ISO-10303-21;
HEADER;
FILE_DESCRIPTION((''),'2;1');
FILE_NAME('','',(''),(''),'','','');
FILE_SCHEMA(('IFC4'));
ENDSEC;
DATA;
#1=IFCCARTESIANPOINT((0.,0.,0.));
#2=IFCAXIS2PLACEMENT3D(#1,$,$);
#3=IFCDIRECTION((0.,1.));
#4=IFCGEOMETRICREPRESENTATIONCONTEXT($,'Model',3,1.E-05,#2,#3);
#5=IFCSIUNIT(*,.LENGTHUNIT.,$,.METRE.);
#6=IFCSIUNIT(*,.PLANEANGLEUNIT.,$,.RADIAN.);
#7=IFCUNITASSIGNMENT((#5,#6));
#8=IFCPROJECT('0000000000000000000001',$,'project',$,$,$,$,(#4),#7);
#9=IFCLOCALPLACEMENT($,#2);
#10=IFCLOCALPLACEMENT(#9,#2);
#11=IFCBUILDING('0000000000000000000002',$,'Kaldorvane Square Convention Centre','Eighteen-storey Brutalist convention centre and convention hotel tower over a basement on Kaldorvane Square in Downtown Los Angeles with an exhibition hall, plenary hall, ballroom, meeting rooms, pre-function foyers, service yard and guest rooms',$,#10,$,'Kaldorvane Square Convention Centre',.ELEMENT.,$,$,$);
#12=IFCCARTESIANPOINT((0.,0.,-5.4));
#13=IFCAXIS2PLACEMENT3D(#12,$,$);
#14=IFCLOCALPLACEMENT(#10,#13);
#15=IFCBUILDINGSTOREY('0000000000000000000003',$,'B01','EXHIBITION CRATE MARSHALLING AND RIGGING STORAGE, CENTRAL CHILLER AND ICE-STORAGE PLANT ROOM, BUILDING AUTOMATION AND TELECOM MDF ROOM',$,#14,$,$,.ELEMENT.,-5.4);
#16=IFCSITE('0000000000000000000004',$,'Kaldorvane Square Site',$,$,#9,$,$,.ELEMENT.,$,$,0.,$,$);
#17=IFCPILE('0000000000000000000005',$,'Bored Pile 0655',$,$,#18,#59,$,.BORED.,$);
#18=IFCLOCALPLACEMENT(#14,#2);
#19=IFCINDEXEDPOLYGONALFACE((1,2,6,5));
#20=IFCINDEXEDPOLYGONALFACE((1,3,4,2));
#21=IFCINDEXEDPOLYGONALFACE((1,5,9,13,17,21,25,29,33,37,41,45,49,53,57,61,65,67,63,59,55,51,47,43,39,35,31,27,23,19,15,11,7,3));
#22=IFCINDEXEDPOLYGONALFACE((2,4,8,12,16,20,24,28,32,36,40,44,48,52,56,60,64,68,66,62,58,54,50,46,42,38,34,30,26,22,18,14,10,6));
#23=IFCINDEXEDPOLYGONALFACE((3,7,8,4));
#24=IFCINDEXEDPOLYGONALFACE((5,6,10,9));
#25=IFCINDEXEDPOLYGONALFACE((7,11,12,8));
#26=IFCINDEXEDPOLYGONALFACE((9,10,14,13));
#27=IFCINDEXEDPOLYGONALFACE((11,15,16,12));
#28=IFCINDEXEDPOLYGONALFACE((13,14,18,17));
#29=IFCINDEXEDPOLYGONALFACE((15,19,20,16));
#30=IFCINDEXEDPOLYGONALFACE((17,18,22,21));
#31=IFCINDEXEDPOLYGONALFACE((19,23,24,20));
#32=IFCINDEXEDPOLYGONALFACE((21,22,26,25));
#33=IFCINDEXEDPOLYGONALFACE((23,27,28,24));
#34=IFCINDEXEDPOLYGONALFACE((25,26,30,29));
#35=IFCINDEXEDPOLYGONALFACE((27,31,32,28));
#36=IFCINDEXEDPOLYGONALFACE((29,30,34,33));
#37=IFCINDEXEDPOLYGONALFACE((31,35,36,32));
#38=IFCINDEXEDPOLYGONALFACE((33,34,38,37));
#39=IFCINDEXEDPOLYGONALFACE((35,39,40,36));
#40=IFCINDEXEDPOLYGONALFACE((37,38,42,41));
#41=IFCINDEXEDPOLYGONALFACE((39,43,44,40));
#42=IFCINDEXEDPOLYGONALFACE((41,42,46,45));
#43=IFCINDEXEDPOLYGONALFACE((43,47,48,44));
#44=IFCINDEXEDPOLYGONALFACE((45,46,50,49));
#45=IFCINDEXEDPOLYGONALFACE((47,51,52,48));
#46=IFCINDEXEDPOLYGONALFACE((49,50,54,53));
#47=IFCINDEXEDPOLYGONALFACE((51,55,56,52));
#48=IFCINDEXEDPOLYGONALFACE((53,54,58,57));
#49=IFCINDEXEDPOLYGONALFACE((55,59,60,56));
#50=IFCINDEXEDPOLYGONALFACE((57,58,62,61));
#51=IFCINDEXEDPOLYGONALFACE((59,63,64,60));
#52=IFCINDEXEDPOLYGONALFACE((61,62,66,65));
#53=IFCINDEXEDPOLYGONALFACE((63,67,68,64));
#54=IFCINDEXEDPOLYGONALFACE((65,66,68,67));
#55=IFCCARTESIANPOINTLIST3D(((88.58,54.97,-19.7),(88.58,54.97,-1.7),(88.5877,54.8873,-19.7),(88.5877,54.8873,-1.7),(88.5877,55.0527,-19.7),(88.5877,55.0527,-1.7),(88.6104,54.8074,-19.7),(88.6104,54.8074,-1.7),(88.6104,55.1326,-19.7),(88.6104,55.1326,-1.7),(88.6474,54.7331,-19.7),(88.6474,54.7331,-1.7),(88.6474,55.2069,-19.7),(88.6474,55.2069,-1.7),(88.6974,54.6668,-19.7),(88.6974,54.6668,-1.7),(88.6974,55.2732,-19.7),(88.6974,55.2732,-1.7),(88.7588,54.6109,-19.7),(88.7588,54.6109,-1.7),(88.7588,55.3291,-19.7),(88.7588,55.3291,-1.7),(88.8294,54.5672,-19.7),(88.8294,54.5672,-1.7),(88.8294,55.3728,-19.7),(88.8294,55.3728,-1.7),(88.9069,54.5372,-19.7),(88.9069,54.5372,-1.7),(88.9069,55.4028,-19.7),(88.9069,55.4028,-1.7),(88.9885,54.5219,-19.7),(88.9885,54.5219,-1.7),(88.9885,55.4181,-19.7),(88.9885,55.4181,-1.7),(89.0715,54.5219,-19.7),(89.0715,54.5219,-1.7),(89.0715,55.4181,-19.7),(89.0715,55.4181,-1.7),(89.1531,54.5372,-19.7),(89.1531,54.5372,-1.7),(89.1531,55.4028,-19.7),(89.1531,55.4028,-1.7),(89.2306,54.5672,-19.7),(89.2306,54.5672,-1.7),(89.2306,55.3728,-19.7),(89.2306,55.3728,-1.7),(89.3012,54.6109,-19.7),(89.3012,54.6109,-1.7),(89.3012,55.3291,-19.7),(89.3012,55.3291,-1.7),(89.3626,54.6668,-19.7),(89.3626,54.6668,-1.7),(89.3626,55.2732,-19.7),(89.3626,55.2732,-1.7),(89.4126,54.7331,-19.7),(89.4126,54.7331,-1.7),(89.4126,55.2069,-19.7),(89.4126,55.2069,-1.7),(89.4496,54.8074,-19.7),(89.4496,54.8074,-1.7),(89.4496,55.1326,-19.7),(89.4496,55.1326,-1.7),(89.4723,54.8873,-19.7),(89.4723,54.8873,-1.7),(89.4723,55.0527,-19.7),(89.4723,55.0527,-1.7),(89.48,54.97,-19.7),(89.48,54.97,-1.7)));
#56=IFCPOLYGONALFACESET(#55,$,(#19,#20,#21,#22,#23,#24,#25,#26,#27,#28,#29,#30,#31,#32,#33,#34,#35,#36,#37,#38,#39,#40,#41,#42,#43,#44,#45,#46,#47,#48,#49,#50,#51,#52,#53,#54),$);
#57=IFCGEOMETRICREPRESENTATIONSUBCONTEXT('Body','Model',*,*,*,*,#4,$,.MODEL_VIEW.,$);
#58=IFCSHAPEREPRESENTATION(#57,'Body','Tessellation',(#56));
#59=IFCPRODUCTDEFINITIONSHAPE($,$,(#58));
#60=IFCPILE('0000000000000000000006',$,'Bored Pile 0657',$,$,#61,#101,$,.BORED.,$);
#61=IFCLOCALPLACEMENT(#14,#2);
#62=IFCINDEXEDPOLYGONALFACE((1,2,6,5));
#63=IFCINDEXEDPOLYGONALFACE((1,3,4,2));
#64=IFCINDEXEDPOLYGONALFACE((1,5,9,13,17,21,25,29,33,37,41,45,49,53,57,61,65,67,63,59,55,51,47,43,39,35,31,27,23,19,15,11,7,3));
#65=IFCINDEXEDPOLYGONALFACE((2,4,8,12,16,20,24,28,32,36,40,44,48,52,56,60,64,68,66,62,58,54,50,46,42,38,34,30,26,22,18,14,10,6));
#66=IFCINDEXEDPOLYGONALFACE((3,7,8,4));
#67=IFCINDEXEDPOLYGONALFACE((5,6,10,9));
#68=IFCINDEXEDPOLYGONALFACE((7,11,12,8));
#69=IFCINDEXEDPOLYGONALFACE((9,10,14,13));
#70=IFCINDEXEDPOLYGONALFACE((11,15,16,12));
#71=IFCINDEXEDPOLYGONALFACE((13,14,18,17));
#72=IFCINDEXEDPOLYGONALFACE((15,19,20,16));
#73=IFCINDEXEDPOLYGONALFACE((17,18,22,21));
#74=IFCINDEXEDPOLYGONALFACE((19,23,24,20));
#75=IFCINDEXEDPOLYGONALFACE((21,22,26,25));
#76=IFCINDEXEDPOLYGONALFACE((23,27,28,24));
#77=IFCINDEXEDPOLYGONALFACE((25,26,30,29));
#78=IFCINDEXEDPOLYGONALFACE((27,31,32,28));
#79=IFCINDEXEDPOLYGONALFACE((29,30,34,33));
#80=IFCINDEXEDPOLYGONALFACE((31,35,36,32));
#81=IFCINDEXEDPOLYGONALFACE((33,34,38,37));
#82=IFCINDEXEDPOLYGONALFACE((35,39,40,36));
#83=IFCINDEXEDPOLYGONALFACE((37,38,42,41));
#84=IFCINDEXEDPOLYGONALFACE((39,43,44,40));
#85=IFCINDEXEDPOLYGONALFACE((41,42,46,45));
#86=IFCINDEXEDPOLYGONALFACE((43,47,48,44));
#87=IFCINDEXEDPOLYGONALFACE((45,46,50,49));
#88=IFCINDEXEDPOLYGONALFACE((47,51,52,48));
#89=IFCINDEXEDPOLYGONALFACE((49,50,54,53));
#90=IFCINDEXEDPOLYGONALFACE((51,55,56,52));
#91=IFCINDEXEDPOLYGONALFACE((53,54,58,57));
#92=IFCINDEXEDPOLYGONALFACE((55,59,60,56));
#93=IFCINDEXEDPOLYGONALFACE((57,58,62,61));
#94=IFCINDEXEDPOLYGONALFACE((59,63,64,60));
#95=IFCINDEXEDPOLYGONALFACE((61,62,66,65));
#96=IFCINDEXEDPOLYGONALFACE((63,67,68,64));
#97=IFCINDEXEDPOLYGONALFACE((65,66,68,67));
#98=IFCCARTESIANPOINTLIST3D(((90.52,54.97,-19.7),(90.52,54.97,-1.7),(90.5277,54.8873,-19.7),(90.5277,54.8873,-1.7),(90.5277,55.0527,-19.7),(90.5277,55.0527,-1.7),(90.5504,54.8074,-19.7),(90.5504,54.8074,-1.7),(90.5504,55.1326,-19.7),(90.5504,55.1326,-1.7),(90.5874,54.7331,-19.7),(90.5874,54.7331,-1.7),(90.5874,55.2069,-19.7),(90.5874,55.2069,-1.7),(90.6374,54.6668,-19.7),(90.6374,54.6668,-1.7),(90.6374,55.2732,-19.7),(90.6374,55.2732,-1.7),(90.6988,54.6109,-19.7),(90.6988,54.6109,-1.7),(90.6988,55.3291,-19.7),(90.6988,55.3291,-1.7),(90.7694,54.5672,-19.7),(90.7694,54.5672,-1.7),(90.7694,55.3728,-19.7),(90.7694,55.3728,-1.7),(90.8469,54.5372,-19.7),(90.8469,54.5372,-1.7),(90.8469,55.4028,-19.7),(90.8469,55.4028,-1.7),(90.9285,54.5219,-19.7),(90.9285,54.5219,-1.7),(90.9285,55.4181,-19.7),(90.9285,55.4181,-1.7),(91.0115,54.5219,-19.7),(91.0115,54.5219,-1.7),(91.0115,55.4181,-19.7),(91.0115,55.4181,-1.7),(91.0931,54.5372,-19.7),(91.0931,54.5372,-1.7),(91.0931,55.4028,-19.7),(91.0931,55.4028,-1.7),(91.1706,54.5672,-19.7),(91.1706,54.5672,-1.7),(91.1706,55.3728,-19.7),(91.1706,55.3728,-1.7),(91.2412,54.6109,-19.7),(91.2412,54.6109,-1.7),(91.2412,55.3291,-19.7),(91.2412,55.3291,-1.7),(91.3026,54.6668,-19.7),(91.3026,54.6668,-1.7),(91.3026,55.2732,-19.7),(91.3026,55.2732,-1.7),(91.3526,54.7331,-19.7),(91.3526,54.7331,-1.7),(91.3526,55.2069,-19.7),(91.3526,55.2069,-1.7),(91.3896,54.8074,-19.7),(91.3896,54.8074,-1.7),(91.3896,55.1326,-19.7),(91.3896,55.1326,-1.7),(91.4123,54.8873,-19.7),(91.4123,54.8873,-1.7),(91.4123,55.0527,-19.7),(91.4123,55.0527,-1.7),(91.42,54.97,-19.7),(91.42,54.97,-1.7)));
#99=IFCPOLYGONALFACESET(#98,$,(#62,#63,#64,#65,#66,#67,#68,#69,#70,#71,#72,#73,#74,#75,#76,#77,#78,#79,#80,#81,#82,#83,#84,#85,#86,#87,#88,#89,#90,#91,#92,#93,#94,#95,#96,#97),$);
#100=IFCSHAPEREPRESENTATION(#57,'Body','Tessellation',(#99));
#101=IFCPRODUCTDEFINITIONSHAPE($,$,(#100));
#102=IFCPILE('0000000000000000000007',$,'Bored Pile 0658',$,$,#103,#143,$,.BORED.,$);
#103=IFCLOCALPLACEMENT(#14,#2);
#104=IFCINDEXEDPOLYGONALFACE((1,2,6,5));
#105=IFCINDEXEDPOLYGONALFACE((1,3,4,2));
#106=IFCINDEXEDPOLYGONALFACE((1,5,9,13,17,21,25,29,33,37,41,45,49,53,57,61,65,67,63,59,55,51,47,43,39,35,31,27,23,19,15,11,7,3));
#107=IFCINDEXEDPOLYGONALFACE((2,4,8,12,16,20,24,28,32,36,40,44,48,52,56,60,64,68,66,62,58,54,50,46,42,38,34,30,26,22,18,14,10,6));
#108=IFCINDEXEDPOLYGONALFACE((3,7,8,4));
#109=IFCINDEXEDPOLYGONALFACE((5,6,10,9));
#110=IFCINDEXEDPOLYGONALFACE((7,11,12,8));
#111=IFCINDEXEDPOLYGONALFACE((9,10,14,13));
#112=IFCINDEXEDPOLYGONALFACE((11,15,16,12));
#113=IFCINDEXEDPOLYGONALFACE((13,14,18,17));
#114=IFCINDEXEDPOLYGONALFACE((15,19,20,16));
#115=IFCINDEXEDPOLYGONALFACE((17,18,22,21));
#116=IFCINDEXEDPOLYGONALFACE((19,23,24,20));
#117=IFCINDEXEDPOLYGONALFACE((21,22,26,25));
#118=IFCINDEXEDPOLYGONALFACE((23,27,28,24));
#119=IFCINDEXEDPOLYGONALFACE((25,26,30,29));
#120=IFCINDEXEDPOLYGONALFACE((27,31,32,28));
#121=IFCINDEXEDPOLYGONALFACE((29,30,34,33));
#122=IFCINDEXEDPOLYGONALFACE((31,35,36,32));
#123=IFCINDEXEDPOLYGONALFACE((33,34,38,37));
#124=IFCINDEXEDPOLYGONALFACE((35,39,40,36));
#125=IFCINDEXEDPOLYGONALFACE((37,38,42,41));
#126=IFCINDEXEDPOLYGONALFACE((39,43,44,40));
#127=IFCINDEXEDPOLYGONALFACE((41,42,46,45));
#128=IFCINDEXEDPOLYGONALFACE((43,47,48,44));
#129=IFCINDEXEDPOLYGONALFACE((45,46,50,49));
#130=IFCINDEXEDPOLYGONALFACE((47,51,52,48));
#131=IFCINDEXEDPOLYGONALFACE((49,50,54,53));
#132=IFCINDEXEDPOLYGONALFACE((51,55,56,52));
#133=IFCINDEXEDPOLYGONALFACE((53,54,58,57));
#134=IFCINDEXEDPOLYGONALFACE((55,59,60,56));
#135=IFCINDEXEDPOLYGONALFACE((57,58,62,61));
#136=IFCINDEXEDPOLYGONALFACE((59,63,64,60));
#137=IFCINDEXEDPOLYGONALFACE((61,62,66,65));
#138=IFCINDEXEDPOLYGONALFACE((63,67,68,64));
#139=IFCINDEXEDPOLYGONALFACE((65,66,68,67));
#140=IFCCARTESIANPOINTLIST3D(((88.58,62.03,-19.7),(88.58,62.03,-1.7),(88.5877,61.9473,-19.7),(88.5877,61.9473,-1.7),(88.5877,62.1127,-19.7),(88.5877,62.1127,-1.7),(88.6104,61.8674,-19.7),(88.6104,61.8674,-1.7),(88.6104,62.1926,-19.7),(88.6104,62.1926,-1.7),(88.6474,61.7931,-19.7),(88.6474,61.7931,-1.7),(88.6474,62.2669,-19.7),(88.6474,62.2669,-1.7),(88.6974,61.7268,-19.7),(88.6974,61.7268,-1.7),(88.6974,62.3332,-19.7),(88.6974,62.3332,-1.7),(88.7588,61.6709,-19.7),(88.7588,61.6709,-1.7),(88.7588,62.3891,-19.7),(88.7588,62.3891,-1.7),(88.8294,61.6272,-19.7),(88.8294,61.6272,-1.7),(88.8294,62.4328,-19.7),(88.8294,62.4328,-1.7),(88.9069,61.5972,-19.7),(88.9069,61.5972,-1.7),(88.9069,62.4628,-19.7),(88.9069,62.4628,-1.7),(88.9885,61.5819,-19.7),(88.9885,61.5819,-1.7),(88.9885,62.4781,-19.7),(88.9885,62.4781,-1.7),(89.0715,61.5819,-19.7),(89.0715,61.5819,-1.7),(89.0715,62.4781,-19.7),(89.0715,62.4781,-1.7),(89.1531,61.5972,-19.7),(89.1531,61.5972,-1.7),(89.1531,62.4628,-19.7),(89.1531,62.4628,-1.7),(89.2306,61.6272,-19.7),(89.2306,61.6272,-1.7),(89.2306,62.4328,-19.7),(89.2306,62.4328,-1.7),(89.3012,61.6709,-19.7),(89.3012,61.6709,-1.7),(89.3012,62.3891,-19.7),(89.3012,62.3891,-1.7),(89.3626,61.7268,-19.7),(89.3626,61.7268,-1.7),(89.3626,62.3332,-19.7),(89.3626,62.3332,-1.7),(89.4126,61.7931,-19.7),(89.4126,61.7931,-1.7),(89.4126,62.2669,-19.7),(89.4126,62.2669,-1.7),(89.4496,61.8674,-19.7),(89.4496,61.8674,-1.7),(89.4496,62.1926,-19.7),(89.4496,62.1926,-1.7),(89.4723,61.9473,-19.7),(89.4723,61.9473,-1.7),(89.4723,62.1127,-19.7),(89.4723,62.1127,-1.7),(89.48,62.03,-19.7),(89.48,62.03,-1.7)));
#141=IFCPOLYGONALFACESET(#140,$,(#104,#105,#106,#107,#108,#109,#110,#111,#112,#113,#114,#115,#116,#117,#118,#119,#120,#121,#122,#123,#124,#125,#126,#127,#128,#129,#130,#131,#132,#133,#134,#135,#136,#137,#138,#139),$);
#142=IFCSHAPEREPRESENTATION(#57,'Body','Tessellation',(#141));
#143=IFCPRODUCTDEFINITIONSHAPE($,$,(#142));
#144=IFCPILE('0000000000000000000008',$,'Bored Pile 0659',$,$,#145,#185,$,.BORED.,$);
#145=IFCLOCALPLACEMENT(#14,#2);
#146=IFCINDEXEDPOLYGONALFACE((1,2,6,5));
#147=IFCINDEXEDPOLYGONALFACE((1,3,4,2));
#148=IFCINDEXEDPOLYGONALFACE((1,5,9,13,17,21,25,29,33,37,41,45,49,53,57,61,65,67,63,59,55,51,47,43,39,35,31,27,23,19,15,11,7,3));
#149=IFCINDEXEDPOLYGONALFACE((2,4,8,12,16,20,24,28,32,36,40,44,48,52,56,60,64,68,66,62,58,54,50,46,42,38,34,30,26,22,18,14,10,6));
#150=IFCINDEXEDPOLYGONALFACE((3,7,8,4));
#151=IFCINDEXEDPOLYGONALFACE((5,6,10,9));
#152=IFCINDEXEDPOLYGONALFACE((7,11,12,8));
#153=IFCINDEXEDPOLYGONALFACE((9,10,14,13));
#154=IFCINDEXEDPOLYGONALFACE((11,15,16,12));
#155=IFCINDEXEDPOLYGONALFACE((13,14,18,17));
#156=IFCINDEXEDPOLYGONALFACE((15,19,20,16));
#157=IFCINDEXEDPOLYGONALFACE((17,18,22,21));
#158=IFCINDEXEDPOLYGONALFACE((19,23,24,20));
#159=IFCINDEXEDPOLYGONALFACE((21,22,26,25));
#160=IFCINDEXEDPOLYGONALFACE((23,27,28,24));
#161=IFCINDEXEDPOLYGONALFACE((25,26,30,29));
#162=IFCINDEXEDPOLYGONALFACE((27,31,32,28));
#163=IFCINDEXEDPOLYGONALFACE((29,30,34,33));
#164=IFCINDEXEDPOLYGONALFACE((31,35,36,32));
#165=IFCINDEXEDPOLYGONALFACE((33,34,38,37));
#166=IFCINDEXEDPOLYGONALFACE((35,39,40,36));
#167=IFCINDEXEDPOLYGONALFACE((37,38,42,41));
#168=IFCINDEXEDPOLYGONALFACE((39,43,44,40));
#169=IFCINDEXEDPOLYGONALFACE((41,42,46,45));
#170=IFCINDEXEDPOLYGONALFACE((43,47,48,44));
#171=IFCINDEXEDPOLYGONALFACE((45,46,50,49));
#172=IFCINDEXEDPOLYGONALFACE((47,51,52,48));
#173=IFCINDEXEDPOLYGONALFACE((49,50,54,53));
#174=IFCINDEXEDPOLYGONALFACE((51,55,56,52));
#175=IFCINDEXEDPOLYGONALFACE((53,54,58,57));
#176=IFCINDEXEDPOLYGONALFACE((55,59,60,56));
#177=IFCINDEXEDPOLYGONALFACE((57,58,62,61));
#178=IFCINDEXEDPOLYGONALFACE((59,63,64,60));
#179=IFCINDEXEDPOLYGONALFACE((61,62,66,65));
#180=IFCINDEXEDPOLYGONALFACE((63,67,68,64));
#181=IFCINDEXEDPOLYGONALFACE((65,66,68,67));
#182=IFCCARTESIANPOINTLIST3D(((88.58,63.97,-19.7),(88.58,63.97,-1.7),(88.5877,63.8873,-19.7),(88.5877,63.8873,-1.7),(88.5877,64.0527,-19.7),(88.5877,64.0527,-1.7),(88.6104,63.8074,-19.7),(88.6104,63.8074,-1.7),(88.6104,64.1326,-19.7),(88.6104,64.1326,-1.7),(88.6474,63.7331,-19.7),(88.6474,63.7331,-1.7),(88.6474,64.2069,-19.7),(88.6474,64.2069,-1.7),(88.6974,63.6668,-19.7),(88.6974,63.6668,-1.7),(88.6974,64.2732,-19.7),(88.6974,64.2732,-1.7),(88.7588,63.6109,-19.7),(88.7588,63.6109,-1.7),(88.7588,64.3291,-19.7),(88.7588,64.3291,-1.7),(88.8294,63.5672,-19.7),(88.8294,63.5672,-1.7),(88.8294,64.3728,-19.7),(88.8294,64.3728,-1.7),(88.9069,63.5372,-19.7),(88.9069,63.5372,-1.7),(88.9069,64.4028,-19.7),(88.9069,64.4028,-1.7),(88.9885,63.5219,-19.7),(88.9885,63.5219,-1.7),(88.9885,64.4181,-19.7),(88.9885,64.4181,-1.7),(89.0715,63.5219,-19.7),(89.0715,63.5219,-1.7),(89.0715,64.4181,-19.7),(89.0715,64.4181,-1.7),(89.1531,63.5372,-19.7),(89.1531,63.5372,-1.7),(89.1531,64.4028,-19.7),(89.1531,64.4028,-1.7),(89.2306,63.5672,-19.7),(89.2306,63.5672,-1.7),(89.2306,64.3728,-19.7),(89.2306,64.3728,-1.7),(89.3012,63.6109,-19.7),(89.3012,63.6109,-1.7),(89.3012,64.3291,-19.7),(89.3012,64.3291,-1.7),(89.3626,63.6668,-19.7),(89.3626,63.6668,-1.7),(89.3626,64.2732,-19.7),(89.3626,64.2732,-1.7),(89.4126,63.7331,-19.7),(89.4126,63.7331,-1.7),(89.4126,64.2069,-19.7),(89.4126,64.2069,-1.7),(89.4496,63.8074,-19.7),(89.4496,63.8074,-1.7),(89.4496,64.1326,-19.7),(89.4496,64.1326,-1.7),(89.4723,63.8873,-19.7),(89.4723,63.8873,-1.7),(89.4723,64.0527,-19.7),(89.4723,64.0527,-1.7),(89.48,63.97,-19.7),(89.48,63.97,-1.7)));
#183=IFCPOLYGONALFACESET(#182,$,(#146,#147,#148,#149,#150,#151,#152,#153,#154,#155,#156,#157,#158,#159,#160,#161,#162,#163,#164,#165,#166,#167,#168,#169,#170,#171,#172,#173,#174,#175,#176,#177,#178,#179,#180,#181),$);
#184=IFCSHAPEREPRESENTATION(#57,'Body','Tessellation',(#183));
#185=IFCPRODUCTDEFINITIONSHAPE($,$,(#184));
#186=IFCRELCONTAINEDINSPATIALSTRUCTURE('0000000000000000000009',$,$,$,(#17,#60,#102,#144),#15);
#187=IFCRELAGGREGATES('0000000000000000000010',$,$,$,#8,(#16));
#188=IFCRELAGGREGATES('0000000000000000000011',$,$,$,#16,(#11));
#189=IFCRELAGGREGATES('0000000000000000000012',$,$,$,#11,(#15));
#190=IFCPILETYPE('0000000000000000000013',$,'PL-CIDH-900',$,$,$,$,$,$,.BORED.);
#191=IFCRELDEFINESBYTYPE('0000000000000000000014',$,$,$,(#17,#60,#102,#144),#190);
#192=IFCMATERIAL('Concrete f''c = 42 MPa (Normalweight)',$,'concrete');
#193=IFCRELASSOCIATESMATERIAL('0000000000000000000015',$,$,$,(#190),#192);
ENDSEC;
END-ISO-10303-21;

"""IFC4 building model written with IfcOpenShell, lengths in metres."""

from ifc_helpers import new_model, si_unit, direction, frame, origin, origin_2d, place, context, subcontext, project, spatial, circle, extrude, material, material_profile, profile_set, type_object, element, save


model = new_model("IFC4")

# Units and contexts
model_context = context("Model", 3, precision=1e-05, world=origin(), true_north=direction((0.0, 1.0)))
body_context = subcontext(model_context, "Body", "Model", "MODEL_VIEW")
ifc_project = project(units=[si_unit("LENGTHUNIT", "METRE"), si_unit("PLANEANGLEUNIT", "RADIAN")], contexts=[model_context])

# Site, building, storey
site_placement = place(None, origin())
site = spatial("IfcSite", under=ifc_project, at=site_placement, Name="Kaldorvane Square Site", CompositionType="ELEMENT", RefElevation=0.0)
building_placement = place(site_placement, origin())
building = spatial("IfcBuilding", under=site, at=building_placement, Name="Kaldorvane Square Convention Centre", Description="Eighteen-storey Brutalist convention centre and convention hotel tower over a basement on Kaldorvane Square in Downtown Los Angeles with an exhibition hall, plenary hall, ballroom, meeting rooms, pre-function foyers, service yard and guest rooms", LongName="Kaldorvane Square Convention Centre", CompositionType="ELEMENT")
storey_placement = place(building_placement, frame((0.0, 0.0, -5.4)))
storey = spatial("IfcBuildingStorey", under=building, at=storey_placement, Name="B01", Description="EXHIBITION CRATE MARSHALLING AND RIGGING STORAGE, CENTRAL CHILLER AND ICE-STORAGE PLANT ROOM, BUILDING AUTOMATION AND TELECOM MDF ROOM", CompositionType="ELEMENT", Elevation=-5.4)

# Shared definitions
ifc_material_1 = material(Name="Concrete f'c = 42 MPa (Normalweight)", Category="concrete")

# Piles
ifc_material_profile_1 = material_profile(ifc_material_1, circle(Radius=0.45, at=origin_2d()), Name="PILE-D900")
ifc_profile_set_1 = profile_set([ifc_material_profile_1], Name="Concrete f'c = 42 MPa (Normalweight)")
pile_type_1 = type_object("IfcPileType", Name="PL-CIDH-900", PredefinedType="BORED", material=ifc_profile_set_1)
for number, where, z_axis, x_axis, name in (
    (1, (89.03, 54.97, -1.7), (0.0, 0.0, -1.0), (1.0, 0.0, 0.0), "Bored Pile 0655"),
    (2, (90.97, 54.97, -1.7), (0.0, 0.0, -1.0), (1.0, 0.0, 0.0), "Bored Pile 0657"),
    (3, (89.03, 62.03, -1.7), (0.0, 0.0, -1.0), (1.0, 0.0, 0.0), "Bored Pile 0658"),
    (4, (89.03, 63.97, -1.7), (0.0, 0.0, -1.0), (1.0, 0.0, 0.0), "Bored Pile 0659"),
):
    element("IfcPile", number, at=place(storey_placement, frame(where, z_axis=z_axis, x_axis=x_axis)), inside=storey, type_object=pile_type_1, Name=name, PredefinedType="BORED", context=body_context, shape_type="SweptSolid", body=[
        extrude(circle(Radius=0.45, at=origin_2d()), origin(), (0.0, 0.0, 1.0), 18.0),
    ])

save(model, "model.ifc")
